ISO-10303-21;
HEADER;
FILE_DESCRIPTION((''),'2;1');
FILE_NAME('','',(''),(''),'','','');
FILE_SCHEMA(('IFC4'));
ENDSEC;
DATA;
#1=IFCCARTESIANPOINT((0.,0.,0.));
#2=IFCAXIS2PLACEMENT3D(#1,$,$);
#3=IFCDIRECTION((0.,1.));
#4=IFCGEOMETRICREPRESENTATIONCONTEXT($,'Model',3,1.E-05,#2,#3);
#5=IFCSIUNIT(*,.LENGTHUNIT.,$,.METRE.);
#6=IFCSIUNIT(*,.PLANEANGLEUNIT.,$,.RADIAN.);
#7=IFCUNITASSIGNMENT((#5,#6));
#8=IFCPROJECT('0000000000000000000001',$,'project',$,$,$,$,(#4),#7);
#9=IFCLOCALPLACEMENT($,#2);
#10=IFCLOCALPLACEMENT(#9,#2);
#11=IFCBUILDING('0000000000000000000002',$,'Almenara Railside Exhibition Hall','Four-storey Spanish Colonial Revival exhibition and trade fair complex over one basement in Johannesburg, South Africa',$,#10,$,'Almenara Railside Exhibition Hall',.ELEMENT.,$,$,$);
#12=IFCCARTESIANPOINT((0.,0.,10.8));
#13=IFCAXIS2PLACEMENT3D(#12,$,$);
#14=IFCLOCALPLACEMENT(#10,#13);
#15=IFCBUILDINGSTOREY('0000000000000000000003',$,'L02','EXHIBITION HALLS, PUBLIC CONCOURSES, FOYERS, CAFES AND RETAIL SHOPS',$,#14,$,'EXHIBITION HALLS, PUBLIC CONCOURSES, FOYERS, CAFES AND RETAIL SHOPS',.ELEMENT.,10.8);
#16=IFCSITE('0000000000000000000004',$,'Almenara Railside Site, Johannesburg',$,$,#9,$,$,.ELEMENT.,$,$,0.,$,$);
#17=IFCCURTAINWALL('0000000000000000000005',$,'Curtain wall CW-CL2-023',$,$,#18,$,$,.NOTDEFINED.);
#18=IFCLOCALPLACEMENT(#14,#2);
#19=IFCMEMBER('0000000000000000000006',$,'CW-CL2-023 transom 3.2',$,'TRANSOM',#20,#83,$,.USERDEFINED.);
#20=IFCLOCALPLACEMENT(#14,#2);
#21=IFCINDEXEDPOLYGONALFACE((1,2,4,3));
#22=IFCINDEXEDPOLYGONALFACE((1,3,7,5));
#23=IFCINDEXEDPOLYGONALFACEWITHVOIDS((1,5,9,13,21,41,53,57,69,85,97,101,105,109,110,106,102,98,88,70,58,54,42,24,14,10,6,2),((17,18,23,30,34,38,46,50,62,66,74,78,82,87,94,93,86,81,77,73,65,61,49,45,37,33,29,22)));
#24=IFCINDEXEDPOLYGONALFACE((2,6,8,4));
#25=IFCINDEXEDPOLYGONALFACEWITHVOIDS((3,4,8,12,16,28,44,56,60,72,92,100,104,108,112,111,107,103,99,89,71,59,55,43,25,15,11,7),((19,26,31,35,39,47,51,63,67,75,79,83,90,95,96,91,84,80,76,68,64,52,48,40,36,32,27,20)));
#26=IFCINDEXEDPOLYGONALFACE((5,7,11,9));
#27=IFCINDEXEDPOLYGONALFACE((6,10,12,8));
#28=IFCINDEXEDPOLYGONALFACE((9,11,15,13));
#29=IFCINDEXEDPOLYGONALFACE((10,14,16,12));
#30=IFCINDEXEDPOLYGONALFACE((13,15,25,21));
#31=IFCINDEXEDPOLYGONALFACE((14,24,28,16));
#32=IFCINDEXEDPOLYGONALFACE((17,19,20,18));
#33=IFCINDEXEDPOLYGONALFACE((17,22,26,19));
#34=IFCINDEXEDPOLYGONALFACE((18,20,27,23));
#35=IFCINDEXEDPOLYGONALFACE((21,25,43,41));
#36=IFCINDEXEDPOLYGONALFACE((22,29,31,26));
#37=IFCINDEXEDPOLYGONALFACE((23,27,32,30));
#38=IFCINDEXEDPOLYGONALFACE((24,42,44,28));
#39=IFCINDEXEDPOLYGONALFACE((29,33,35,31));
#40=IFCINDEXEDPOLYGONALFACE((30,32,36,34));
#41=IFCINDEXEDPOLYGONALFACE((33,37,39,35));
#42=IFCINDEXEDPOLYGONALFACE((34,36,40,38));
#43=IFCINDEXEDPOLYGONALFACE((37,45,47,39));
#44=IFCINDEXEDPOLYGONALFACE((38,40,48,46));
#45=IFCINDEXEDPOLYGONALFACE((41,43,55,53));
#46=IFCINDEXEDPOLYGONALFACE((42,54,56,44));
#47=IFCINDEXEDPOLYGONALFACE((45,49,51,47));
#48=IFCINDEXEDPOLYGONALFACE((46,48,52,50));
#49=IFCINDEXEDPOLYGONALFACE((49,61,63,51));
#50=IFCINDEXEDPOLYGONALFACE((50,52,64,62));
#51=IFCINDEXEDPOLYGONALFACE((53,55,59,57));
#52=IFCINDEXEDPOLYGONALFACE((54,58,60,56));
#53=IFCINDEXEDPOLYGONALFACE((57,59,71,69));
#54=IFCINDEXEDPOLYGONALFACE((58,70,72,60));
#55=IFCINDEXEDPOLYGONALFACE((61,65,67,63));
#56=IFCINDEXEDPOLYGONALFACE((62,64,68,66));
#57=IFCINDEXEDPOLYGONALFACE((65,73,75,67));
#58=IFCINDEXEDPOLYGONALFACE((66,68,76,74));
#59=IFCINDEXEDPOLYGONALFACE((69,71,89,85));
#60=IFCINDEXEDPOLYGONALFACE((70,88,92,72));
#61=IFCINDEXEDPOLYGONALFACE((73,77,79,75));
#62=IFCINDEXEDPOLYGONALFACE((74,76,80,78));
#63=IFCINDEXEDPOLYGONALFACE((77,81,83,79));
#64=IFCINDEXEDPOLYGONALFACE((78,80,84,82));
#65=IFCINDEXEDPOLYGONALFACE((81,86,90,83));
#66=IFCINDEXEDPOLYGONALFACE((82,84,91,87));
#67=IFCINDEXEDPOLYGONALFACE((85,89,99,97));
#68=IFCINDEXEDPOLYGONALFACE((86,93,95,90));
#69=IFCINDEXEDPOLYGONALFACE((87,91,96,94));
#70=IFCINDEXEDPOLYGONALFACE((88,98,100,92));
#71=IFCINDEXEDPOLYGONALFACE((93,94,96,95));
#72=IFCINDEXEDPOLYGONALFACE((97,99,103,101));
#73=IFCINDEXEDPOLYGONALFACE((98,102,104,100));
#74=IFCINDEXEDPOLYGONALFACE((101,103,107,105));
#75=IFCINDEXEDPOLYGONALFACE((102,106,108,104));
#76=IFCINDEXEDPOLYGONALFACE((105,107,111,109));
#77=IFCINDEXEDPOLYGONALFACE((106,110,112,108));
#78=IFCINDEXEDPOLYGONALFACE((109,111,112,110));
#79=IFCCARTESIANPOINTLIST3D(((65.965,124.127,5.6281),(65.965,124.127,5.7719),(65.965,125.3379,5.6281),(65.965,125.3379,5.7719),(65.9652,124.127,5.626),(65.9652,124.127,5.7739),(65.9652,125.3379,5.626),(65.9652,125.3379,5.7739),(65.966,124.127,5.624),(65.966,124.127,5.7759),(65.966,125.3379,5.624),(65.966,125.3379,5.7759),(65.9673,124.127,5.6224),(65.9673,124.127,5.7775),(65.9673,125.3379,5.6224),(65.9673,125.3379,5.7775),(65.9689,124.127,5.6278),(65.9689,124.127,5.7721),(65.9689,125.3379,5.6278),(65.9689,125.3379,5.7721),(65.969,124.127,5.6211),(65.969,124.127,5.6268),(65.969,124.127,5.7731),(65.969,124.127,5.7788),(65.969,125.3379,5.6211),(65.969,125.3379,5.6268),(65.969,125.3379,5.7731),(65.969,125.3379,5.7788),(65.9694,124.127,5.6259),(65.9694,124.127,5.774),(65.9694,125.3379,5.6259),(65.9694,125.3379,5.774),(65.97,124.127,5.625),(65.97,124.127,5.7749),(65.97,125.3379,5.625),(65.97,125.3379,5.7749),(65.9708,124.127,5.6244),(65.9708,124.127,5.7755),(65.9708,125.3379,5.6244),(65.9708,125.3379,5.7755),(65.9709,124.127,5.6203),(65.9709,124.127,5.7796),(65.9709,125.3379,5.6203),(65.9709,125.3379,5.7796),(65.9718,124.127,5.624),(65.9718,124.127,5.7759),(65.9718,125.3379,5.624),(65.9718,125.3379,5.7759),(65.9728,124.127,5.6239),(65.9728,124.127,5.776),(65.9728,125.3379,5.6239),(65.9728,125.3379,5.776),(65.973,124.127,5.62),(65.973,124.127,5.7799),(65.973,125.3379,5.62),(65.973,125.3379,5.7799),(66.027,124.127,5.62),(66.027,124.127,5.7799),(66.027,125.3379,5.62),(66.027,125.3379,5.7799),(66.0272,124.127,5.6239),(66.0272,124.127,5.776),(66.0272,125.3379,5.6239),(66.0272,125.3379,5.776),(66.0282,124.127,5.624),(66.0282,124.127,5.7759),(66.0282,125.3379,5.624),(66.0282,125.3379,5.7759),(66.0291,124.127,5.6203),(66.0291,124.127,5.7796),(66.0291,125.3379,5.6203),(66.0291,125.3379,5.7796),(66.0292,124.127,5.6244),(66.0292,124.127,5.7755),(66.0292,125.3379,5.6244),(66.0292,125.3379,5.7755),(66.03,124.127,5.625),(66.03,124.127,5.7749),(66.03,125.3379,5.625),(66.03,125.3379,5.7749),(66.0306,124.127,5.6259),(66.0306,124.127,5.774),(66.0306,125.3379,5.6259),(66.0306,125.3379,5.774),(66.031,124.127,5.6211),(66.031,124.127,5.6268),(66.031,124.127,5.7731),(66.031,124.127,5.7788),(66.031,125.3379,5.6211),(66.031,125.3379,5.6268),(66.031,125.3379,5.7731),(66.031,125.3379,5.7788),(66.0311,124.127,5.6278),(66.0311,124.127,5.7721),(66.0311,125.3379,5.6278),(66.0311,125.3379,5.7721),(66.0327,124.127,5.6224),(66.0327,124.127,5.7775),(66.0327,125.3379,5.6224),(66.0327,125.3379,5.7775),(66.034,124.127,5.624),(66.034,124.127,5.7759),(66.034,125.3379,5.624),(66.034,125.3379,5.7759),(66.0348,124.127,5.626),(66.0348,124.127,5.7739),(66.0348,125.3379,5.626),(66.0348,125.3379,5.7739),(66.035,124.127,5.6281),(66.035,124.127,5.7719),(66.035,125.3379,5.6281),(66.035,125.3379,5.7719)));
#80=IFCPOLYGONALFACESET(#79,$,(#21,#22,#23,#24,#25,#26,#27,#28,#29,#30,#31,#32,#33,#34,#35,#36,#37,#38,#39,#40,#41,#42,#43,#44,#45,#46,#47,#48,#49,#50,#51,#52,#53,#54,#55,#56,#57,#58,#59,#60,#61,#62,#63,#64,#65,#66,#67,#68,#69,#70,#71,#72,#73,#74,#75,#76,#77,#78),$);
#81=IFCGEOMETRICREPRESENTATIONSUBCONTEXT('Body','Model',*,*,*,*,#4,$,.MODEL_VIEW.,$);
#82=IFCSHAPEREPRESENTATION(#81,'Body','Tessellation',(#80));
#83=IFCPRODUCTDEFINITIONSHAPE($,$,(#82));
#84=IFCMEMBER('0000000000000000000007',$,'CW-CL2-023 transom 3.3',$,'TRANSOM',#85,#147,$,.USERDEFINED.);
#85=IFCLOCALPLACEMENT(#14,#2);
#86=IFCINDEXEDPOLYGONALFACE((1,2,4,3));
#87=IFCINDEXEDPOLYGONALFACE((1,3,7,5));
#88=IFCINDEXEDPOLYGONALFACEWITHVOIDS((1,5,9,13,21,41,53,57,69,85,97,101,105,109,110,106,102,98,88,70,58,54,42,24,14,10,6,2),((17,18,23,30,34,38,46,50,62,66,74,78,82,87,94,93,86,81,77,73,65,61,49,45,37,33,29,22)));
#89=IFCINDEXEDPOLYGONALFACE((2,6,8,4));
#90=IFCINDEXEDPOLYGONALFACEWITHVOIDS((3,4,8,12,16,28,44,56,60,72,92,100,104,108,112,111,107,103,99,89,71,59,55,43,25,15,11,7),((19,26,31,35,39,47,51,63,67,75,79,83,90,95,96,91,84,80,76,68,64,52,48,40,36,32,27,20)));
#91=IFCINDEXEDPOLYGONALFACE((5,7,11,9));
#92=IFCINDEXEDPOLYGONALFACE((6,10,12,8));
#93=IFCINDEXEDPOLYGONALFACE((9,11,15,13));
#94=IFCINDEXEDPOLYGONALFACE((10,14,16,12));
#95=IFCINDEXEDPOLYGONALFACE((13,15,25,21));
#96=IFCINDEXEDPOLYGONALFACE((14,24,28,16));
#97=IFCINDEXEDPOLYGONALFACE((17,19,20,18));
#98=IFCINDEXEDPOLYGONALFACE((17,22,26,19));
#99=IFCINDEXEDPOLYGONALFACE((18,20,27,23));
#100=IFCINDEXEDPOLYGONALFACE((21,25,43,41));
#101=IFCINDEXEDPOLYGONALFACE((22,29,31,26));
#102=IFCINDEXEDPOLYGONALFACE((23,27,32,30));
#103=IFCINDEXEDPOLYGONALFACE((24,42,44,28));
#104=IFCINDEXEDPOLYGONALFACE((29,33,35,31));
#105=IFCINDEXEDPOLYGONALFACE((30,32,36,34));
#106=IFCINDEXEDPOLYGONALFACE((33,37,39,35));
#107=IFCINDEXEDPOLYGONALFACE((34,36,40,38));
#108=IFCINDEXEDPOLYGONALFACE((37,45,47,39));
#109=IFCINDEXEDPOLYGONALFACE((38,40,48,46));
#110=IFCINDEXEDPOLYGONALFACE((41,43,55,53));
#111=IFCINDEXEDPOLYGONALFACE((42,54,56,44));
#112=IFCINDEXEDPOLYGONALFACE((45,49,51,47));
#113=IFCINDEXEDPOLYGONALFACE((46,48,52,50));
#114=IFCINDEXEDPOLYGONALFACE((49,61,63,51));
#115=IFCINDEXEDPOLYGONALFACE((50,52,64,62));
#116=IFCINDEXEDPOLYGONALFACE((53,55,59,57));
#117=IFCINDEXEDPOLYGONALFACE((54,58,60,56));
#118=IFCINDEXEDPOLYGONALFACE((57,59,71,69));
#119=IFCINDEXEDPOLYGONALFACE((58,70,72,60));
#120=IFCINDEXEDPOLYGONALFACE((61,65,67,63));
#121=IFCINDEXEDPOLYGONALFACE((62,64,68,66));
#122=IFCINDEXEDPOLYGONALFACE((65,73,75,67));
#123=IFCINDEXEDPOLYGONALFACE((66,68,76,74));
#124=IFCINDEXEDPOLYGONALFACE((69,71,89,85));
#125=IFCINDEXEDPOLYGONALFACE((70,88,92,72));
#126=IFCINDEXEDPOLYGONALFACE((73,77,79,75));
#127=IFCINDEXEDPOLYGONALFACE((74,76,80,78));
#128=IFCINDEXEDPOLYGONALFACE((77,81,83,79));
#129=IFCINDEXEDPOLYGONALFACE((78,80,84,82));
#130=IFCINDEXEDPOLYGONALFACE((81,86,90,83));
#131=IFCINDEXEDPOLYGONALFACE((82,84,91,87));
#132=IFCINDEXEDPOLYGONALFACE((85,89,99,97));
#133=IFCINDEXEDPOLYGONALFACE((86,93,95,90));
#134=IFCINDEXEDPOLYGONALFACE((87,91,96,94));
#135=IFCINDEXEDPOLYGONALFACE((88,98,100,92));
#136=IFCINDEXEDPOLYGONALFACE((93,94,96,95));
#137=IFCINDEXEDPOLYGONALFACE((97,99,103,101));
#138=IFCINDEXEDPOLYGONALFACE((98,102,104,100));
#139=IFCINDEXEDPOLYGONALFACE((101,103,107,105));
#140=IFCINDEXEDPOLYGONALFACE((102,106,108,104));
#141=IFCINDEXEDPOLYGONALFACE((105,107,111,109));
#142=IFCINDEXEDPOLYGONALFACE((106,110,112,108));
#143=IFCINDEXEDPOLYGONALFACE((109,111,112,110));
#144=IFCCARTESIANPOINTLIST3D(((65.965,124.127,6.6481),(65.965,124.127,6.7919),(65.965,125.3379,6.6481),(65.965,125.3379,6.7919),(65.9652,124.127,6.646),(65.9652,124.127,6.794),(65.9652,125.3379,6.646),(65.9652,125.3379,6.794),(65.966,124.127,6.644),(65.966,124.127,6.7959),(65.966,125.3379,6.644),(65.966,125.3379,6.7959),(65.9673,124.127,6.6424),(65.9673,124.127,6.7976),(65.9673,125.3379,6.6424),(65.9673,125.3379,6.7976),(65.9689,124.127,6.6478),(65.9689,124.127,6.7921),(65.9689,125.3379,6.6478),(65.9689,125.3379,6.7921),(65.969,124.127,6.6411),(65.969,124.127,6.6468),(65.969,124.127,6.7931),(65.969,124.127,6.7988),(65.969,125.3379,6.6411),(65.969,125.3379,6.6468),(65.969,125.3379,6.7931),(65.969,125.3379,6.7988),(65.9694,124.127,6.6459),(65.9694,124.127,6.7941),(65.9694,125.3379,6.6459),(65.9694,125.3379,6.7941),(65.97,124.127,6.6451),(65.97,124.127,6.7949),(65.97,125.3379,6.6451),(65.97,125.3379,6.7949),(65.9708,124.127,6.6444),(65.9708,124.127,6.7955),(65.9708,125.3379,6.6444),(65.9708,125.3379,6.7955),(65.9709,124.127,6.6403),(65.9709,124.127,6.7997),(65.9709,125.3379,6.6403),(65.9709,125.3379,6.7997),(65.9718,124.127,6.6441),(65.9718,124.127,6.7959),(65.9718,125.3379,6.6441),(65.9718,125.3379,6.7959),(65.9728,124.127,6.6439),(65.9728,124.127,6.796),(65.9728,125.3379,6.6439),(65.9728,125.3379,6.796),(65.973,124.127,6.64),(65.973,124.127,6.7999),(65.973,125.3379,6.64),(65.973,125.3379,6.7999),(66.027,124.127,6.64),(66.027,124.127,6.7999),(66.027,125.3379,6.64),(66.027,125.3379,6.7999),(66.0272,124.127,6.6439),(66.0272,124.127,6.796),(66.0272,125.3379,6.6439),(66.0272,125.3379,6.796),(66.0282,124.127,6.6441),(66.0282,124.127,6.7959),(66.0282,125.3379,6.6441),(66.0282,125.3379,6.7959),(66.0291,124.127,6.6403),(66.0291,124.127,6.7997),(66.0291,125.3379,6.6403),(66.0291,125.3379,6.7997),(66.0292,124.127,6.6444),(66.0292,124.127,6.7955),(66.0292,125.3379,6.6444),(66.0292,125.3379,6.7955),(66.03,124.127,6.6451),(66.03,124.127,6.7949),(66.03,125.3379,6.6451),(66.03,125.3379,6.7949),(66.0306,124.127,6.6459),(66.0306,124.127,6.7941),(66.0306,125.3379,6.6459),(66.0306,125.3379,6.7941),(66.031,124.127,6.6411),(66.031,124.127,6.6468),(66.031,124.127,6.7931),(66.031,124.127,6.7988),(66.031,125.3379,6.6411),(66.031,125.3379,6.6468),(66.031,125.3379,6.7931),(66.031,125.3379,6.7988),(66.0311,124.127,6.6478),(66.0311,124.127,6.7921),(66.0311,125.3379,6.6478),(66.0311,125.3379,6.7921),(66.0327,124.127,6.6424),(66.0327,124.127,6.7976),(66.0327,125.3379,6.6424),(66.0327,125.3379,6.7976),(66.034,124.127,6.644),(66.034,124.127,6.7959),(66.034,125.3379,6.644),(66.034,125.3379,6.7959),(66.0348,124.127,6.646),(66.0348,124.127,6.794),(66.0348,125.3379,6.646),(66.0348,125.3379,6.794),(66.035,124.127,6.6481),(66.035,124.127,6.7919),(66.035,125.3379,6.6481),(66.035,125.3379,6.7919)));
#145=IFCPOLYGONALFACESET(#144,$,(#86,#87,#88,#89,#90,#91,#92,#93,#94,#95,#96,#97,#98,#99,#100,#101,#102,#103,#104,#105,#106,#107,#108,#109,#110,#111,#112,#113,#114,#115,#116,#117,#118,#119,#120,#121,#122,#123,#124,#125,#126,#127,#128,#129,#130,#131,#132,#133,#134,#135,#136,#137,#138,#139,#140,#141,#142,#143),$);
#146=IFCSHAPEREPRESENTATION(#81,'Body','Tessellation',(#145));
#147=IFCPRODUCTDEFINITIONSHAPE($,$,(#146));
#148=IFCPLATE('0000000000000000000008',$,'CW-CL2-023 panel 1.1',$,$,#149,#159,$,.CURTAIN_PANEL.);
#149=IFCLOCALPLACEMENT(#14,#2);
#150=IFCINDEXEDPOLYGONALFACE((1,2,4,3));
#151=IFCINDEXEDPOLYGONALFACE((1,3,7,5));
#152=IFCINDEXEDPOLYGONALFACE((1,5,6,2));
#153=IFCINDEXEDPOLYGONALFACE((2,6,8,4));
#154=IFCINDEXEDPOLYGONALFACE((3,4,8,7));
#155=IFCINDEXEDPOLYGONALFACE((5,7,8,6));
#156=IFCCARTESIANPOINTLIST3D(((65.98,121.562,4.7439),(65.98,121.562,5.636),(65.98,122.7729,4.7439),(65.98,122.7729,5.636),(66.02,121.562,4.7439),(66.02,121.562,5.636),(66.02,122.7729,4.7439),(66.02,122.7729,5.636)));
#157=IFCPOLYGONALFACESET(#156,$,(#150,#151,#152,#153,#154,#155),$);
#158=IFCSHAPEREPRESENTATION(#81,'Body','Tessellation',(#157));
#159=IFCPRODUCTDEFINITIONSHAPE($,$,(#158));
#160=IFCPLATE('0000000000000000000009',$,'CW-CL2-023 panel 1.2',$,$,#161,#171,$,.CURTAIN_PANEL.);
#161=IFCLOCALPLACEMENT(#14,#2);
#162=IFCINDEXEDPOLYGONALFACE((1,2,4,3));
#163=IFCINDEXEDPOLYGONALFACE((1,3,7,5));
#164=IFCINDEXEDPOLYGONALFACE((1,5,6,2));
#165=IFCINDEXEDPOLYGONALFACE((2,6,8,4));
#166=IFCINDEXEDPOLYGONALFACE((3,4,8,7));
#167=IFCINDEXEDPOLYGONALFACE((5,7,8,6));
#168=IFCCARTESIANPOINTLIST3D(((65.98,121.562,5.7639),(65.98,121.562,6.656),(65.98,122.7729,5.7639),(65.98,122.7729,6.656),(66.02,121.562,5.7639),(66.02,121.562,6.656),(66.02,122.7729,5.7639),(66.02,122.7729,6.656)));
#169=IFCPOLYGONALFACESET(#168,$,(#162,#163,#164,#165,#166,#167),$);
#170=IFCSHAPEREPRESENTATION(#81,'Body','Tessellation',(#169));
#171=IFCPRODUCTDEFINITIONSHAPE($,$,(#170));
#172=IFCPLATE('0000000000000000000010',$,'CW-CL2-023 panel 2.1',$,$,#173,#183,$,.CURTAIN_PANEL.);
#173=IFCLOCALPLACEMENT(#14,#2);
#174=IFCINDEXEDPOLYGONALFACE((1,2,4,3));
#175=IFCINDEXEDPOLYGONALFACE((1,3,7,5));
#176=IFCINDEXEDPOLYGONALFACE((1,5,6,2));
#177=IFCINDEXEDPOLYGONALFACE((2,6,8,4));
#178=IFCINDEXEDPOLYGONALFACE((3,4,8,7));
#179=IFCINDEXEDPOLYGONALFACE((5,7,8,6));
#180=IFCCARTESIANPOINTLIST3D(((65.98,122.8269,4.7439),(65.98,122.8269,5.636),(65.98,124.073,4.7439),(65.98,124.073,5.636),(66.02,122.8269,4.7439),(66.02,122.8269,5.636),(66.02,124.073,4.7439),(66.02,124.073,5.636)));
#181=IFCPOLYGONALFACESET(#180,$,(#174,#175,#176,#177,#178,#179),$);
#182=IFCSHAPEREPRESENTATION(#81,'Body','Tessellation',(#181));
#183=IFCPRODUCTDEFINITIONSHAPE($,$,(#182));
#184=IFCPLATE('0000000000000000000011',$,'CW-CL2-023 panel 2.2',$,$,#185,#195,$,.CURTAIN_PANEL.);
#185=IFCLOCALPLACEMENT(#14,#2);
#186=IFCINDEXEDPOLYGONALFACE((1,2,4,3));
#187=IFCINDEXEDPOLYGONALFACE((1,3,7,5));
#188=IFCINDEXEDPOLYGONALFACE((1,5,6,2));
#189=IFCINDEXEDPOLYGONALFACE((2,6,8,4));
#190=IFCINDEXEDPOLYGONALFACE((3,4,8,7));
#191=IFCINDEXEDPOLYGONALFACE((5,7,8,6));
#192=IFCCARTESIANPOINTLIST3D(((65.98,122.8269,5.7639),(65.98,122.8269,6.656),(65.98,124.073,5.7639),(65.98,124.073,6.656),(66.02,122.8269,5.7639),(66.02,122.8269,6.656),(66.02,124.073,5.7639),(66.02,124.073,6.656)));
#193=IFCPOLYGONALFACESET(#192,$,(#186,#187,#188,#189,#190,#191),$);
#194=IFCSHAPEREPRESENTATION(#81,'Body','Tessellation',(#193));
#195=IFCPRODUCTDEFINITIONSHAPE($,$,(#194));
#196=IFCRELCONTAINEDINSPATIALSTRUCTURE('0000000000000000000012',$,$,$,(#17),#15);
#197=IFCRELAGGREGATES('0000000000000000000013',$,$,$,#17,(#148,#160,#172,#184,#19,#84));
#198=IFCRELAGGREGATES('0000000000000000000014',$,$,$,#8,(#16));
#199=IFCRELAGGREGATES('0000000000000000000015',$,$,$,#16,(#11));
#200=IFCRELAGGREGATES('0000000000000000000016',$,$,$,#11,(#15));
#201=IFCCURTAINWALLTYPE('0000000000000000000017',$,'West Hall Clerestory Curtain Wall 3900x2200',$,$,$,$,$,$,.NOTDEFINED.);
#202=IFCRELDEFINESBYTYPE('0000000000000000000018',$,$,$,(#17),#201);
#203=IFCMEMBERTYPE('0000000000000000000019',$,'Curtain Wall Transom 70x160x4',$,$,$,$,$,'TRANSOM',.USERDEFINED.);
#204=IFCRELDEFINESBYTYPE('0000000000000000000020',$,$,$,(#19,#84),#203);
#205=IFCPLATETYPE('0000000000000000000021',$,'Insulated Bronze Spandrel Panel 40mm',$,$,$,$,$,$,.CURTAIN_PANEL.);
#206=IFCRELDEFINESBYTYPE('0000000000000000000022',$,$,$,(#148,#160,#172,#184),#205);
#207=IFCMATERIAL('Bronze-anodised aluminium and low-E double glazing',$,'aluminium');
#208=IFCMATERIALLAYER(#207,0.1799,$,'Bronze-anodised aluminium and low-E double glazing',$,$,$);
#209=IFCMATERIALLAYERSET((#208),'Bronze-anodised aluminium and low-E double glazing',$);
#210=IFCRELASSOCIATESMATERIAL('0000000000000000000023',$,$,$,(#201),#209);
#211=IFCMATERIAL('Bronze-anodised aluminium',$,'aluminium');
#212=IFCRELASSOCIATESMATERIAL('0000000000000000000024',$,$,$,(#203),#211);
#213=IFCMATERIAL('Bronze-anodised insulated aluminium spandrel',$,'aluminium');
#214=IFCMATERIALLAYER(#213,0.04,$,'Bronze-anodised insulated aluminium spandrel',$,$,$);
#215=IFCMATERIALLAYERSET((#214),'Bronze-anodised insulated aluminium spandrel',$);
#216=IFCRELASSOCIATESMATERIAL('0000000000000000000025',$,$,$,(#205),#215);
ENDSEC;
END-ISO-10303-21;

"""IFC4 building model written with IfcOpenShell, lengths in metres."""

from ifc_helpers import new_model, si_unit, direction, frame, origin, origin_2d, place, context, subcontext, project, spatial, rectangle, hollow_rectangle, extrude, material, layer, layer_set, material_profile, profile_set, type_object, element, aggregate, save


model = new_model("IFC4")

# Units and contexts
model_context = context("Model", 3, precision=1e-05, world=origin(), true_north=direction((0.0, 1.0)))
body_context = subcontext(model_context, "Body", "Model", "MODEL_VIEW")
ifc_project = project(units=[si_unit("LENGTHUNIT", "METRE"), si_unit("PLANEANGLEUNIT", "RADIAN")], contexts=[model_context])

# Site, building, storey
site_placement = place(None, origin())
site = spatial("IfcSite", under=ifc_project, at=site_placement, Name="Almenara Railside Site, Johannesburg", CompositionType="ELEMENT", RefElevation=0.0)
building_placement = place(site_placement, origin())
building = spatial("IfcBuilding", under=site, at=building_placement, Name="Almenara Railside Exhibition Hall", Description="Four-storey Spanish Colonial Revival exhibition and trade fair complex over one basement in Johannesburg, South Africa", LongName="Almenara Railside Exhibition Hall", CompositionType="ELEMENT")
storey_placement = place(building_placement, frame((0.0, 0.0, 10.8)))
storey = spatial("IfcBuildingStorey", under=building, at=storey_placement, Name="L02", Description="EXHIBITION HALLS, PUBLIC CONCOURSES, FOYERS, CAFES AND RETAIL SHOPS", LongName="EXHIBITION HALLS, PUBLIC CONCOURSES, FOYERS, CAFES AND RETAIL SHOPS", CompositionType="ELEMENT", Elevation=10.8)

# Curtain wall
ifc_material_1 = material(Name="Bronze-anodised aluminium and low-E double glazing", Category="aluminium")
ifc_layer_1 = layer(ifc_material_1, 0.1799, Name="Bronze-anodised aluminium and low-E double glazing")
ifc_layer_set_1 = layer_set([ifc_layer_1], Name="Bronze-anodised aluminium and low-E double glazing")
curtain_wall_type = type_object("IfcCurtainWallType", Name="West Hall Clerestory Curtain Wall 3900x2200", PredefinedType="NOTDEFINED", material=ifc_layer_set_1)
ifc_material_2 = material(Name="Bronze-anodised aluminium", Category="aluminium")
curtain_wall_1_placement = place(storey_placement, origin())
curtain_wall_1 = element("IfcCurtainWall", 1, at=curtain_wall_1_placement, inside=storey, type_object=curtain_wall_type, Name="Curtain wall CW-CL2-023", PredefinedType="NOTDEFINED")

# Members
ifc_material_profile_1 = material_profile(ifc_material_2, hollow_rectangle(XDim=0.0701, YDim=0.1599, WallThickness=0.0039, InnerFilletRadius=0.0039, OuterFilletRadius=0.0081, at=origin_2d()), Name="ALU-TRN 70x160x4")
ifc_profile_set_1 = profile_set([ifc_material_profile_1], Name="Bronze-anodised aluminium")
member_type_1 = type_object("IfcMemberType", Name="Curtain Wall Transom 70x160x4", ElementType="TRANSOM", PredefinedType="USERDEFINED", material=ifc_profile_set_1)
member_1_placement = place(storey_placement, frame((66.0, 124.127, 5.7), z_axis=(0.0, 1.0, 0.0), x_axis=(-1.0, 0.0, 0.0)))
member_1 = element("IfcMember", 2, at=member_1_placement, type_object=member_type_1, Name="CW-CL2-023 transom 3.2", ObjectType="TRANSOM", PredefinedType="USERDEFINED", context=body_context, shape_type="SweptSolid", body=[
    extrude(hollow_rectangle(XDim=0.0701, YDim=0.1599, WallThickness=0.0039, InnerFilletRadius=0.0039, OuterFilletRadius=0.0081, at=origin_2d()), origin(), (0.0, 0.0, 1.0), 1.2109),
])
member_2_placement = place(storey_placement, frame((66.0, 124.127, 6.72), z_axis=(0.0, 1.0, 0.0), x_axis=(-1.0, 0.0, 0.0)))
member_2 = element("IfcMember", 3, at=member_2_placement, type_object=member_type_1, Name="CW-CL2-023 transom 3.3", ObjectType="TRANSOM", PredefinedType="USERDEFINED", context=body_context, shape_type="SweptSolid", body=[
    extrude(hollow_rectangle(XDim=0.0701, YDim=0.1599, WallThickness=0.0039, InnerFilletRadius=0.0039, OuterFilletRadius=0.0081, at=origin_2d()), origin(), (0.0, 0.0, 1.0), 1.2109),
])

# Plates
ifc_material_3 = material(Name="Bronze-anodised insulated aluminium spandrel", Category="aluminium")
ifc_layer_2 = layer(ifc_material_3, 0.04, Name="Bronze-anodised insulated aluminium spandrel")
ifc_layer_set_2 = layer_set([ifc_layer_2], Name="Bronze-anodised insulated aluminium spandrel")
plate_type_1 = type_object("IfcPlateType", Name="Insulated Bronze Spandrel Panel 40mm", PredefinedType="CURTAIN_PANEL", material=ifc_layer_set_2)
plate_1_placement = place(storey_placement, frame((66.0, 122.1675, 4.7439), z_axis=(0.0, 0.0, 1.0), x_axis=(0.0, 1.0, 0.0)))
plate_1 = element("IfcPlate", 4, at=plate_1_placement, type_object=plate_type_1, Name="CW-CL2-023 panel 1.1", PredefinedType="CURTAIN_PANEL", context=body_context, shape_type="SweptSolid", body=[
    extrude(rectangle(XDim=1.2109, YDim=0.04, at=origin_2d()), origin(), (0.0, 0.0, 1.0), 0.8921),
])
plate_2_placement = place(storey_placement, frame((66.0, 122.1675, 5.7639), z_axis=(0.0, 0.0, 1.0), x_axis=(0.0, 1.0, 0.0)))
plate_2 = element("IfcPlate", 5, at=plate_2_placement, type_object=plate_type_1, Name="CW-CL2-023 panel 1.2", PredefinedType="CURTAIN_PANEL", context=body_context, shape_type="SweptSolid", body=[
    extrude(rectangle(XDim=1.2109, YDim=0.04, at=origin_2d()), origin(), (0.0, 0.0, 1.0), 0.8921),
])
plate_3_placement = place(storey_placement, frame((66.0, 123.45, 4.7439), z_axis=(0.0, 0.0, 1.0), x_axis=(0.0, 1.0, 0.0)))
plate_3 = element("IfcPlate", 6, at=plate_3_placement, type_object=plate_type_1, Name="CW-CL2-023 panel 2.1", PredefinedType="CURTAIN_PANEL", context=body_context, shape_type="SweptSolid", body=[
    extrude(rectangle(XDim=1.2461, YDim=0.04, at=origin_2d()), origin(), (0.0, 0.0, 1.0), 0.8921),
])
plate_4_placement = place(storey_placement, frame((66.0, 123.45, 5.7639), z_axis=(0.0, 0.0, 1.0), x_axis=(0.0, 1.0, 0.0)))
plate_4 = element("IfcPlate", 7, at=plate_4_placement, type_object=plate_type_1, Name="CW-CL2-023 panel 2.2", PredefinedType="CURTAIN_PANEL", context=body_context, shape_type="SweptSolid", body=[
    extrude(rectangle(XDim=1.2461, YDim=0.04, at=origin_2d()), origin(), (0.0, 0.0, 1.0), 0.8921),
])
aggregate(curtain_wall_1, [plate_1, plate_2, plate_3, plate_4, member_1, member_2])

save(model, "model.ifc")
